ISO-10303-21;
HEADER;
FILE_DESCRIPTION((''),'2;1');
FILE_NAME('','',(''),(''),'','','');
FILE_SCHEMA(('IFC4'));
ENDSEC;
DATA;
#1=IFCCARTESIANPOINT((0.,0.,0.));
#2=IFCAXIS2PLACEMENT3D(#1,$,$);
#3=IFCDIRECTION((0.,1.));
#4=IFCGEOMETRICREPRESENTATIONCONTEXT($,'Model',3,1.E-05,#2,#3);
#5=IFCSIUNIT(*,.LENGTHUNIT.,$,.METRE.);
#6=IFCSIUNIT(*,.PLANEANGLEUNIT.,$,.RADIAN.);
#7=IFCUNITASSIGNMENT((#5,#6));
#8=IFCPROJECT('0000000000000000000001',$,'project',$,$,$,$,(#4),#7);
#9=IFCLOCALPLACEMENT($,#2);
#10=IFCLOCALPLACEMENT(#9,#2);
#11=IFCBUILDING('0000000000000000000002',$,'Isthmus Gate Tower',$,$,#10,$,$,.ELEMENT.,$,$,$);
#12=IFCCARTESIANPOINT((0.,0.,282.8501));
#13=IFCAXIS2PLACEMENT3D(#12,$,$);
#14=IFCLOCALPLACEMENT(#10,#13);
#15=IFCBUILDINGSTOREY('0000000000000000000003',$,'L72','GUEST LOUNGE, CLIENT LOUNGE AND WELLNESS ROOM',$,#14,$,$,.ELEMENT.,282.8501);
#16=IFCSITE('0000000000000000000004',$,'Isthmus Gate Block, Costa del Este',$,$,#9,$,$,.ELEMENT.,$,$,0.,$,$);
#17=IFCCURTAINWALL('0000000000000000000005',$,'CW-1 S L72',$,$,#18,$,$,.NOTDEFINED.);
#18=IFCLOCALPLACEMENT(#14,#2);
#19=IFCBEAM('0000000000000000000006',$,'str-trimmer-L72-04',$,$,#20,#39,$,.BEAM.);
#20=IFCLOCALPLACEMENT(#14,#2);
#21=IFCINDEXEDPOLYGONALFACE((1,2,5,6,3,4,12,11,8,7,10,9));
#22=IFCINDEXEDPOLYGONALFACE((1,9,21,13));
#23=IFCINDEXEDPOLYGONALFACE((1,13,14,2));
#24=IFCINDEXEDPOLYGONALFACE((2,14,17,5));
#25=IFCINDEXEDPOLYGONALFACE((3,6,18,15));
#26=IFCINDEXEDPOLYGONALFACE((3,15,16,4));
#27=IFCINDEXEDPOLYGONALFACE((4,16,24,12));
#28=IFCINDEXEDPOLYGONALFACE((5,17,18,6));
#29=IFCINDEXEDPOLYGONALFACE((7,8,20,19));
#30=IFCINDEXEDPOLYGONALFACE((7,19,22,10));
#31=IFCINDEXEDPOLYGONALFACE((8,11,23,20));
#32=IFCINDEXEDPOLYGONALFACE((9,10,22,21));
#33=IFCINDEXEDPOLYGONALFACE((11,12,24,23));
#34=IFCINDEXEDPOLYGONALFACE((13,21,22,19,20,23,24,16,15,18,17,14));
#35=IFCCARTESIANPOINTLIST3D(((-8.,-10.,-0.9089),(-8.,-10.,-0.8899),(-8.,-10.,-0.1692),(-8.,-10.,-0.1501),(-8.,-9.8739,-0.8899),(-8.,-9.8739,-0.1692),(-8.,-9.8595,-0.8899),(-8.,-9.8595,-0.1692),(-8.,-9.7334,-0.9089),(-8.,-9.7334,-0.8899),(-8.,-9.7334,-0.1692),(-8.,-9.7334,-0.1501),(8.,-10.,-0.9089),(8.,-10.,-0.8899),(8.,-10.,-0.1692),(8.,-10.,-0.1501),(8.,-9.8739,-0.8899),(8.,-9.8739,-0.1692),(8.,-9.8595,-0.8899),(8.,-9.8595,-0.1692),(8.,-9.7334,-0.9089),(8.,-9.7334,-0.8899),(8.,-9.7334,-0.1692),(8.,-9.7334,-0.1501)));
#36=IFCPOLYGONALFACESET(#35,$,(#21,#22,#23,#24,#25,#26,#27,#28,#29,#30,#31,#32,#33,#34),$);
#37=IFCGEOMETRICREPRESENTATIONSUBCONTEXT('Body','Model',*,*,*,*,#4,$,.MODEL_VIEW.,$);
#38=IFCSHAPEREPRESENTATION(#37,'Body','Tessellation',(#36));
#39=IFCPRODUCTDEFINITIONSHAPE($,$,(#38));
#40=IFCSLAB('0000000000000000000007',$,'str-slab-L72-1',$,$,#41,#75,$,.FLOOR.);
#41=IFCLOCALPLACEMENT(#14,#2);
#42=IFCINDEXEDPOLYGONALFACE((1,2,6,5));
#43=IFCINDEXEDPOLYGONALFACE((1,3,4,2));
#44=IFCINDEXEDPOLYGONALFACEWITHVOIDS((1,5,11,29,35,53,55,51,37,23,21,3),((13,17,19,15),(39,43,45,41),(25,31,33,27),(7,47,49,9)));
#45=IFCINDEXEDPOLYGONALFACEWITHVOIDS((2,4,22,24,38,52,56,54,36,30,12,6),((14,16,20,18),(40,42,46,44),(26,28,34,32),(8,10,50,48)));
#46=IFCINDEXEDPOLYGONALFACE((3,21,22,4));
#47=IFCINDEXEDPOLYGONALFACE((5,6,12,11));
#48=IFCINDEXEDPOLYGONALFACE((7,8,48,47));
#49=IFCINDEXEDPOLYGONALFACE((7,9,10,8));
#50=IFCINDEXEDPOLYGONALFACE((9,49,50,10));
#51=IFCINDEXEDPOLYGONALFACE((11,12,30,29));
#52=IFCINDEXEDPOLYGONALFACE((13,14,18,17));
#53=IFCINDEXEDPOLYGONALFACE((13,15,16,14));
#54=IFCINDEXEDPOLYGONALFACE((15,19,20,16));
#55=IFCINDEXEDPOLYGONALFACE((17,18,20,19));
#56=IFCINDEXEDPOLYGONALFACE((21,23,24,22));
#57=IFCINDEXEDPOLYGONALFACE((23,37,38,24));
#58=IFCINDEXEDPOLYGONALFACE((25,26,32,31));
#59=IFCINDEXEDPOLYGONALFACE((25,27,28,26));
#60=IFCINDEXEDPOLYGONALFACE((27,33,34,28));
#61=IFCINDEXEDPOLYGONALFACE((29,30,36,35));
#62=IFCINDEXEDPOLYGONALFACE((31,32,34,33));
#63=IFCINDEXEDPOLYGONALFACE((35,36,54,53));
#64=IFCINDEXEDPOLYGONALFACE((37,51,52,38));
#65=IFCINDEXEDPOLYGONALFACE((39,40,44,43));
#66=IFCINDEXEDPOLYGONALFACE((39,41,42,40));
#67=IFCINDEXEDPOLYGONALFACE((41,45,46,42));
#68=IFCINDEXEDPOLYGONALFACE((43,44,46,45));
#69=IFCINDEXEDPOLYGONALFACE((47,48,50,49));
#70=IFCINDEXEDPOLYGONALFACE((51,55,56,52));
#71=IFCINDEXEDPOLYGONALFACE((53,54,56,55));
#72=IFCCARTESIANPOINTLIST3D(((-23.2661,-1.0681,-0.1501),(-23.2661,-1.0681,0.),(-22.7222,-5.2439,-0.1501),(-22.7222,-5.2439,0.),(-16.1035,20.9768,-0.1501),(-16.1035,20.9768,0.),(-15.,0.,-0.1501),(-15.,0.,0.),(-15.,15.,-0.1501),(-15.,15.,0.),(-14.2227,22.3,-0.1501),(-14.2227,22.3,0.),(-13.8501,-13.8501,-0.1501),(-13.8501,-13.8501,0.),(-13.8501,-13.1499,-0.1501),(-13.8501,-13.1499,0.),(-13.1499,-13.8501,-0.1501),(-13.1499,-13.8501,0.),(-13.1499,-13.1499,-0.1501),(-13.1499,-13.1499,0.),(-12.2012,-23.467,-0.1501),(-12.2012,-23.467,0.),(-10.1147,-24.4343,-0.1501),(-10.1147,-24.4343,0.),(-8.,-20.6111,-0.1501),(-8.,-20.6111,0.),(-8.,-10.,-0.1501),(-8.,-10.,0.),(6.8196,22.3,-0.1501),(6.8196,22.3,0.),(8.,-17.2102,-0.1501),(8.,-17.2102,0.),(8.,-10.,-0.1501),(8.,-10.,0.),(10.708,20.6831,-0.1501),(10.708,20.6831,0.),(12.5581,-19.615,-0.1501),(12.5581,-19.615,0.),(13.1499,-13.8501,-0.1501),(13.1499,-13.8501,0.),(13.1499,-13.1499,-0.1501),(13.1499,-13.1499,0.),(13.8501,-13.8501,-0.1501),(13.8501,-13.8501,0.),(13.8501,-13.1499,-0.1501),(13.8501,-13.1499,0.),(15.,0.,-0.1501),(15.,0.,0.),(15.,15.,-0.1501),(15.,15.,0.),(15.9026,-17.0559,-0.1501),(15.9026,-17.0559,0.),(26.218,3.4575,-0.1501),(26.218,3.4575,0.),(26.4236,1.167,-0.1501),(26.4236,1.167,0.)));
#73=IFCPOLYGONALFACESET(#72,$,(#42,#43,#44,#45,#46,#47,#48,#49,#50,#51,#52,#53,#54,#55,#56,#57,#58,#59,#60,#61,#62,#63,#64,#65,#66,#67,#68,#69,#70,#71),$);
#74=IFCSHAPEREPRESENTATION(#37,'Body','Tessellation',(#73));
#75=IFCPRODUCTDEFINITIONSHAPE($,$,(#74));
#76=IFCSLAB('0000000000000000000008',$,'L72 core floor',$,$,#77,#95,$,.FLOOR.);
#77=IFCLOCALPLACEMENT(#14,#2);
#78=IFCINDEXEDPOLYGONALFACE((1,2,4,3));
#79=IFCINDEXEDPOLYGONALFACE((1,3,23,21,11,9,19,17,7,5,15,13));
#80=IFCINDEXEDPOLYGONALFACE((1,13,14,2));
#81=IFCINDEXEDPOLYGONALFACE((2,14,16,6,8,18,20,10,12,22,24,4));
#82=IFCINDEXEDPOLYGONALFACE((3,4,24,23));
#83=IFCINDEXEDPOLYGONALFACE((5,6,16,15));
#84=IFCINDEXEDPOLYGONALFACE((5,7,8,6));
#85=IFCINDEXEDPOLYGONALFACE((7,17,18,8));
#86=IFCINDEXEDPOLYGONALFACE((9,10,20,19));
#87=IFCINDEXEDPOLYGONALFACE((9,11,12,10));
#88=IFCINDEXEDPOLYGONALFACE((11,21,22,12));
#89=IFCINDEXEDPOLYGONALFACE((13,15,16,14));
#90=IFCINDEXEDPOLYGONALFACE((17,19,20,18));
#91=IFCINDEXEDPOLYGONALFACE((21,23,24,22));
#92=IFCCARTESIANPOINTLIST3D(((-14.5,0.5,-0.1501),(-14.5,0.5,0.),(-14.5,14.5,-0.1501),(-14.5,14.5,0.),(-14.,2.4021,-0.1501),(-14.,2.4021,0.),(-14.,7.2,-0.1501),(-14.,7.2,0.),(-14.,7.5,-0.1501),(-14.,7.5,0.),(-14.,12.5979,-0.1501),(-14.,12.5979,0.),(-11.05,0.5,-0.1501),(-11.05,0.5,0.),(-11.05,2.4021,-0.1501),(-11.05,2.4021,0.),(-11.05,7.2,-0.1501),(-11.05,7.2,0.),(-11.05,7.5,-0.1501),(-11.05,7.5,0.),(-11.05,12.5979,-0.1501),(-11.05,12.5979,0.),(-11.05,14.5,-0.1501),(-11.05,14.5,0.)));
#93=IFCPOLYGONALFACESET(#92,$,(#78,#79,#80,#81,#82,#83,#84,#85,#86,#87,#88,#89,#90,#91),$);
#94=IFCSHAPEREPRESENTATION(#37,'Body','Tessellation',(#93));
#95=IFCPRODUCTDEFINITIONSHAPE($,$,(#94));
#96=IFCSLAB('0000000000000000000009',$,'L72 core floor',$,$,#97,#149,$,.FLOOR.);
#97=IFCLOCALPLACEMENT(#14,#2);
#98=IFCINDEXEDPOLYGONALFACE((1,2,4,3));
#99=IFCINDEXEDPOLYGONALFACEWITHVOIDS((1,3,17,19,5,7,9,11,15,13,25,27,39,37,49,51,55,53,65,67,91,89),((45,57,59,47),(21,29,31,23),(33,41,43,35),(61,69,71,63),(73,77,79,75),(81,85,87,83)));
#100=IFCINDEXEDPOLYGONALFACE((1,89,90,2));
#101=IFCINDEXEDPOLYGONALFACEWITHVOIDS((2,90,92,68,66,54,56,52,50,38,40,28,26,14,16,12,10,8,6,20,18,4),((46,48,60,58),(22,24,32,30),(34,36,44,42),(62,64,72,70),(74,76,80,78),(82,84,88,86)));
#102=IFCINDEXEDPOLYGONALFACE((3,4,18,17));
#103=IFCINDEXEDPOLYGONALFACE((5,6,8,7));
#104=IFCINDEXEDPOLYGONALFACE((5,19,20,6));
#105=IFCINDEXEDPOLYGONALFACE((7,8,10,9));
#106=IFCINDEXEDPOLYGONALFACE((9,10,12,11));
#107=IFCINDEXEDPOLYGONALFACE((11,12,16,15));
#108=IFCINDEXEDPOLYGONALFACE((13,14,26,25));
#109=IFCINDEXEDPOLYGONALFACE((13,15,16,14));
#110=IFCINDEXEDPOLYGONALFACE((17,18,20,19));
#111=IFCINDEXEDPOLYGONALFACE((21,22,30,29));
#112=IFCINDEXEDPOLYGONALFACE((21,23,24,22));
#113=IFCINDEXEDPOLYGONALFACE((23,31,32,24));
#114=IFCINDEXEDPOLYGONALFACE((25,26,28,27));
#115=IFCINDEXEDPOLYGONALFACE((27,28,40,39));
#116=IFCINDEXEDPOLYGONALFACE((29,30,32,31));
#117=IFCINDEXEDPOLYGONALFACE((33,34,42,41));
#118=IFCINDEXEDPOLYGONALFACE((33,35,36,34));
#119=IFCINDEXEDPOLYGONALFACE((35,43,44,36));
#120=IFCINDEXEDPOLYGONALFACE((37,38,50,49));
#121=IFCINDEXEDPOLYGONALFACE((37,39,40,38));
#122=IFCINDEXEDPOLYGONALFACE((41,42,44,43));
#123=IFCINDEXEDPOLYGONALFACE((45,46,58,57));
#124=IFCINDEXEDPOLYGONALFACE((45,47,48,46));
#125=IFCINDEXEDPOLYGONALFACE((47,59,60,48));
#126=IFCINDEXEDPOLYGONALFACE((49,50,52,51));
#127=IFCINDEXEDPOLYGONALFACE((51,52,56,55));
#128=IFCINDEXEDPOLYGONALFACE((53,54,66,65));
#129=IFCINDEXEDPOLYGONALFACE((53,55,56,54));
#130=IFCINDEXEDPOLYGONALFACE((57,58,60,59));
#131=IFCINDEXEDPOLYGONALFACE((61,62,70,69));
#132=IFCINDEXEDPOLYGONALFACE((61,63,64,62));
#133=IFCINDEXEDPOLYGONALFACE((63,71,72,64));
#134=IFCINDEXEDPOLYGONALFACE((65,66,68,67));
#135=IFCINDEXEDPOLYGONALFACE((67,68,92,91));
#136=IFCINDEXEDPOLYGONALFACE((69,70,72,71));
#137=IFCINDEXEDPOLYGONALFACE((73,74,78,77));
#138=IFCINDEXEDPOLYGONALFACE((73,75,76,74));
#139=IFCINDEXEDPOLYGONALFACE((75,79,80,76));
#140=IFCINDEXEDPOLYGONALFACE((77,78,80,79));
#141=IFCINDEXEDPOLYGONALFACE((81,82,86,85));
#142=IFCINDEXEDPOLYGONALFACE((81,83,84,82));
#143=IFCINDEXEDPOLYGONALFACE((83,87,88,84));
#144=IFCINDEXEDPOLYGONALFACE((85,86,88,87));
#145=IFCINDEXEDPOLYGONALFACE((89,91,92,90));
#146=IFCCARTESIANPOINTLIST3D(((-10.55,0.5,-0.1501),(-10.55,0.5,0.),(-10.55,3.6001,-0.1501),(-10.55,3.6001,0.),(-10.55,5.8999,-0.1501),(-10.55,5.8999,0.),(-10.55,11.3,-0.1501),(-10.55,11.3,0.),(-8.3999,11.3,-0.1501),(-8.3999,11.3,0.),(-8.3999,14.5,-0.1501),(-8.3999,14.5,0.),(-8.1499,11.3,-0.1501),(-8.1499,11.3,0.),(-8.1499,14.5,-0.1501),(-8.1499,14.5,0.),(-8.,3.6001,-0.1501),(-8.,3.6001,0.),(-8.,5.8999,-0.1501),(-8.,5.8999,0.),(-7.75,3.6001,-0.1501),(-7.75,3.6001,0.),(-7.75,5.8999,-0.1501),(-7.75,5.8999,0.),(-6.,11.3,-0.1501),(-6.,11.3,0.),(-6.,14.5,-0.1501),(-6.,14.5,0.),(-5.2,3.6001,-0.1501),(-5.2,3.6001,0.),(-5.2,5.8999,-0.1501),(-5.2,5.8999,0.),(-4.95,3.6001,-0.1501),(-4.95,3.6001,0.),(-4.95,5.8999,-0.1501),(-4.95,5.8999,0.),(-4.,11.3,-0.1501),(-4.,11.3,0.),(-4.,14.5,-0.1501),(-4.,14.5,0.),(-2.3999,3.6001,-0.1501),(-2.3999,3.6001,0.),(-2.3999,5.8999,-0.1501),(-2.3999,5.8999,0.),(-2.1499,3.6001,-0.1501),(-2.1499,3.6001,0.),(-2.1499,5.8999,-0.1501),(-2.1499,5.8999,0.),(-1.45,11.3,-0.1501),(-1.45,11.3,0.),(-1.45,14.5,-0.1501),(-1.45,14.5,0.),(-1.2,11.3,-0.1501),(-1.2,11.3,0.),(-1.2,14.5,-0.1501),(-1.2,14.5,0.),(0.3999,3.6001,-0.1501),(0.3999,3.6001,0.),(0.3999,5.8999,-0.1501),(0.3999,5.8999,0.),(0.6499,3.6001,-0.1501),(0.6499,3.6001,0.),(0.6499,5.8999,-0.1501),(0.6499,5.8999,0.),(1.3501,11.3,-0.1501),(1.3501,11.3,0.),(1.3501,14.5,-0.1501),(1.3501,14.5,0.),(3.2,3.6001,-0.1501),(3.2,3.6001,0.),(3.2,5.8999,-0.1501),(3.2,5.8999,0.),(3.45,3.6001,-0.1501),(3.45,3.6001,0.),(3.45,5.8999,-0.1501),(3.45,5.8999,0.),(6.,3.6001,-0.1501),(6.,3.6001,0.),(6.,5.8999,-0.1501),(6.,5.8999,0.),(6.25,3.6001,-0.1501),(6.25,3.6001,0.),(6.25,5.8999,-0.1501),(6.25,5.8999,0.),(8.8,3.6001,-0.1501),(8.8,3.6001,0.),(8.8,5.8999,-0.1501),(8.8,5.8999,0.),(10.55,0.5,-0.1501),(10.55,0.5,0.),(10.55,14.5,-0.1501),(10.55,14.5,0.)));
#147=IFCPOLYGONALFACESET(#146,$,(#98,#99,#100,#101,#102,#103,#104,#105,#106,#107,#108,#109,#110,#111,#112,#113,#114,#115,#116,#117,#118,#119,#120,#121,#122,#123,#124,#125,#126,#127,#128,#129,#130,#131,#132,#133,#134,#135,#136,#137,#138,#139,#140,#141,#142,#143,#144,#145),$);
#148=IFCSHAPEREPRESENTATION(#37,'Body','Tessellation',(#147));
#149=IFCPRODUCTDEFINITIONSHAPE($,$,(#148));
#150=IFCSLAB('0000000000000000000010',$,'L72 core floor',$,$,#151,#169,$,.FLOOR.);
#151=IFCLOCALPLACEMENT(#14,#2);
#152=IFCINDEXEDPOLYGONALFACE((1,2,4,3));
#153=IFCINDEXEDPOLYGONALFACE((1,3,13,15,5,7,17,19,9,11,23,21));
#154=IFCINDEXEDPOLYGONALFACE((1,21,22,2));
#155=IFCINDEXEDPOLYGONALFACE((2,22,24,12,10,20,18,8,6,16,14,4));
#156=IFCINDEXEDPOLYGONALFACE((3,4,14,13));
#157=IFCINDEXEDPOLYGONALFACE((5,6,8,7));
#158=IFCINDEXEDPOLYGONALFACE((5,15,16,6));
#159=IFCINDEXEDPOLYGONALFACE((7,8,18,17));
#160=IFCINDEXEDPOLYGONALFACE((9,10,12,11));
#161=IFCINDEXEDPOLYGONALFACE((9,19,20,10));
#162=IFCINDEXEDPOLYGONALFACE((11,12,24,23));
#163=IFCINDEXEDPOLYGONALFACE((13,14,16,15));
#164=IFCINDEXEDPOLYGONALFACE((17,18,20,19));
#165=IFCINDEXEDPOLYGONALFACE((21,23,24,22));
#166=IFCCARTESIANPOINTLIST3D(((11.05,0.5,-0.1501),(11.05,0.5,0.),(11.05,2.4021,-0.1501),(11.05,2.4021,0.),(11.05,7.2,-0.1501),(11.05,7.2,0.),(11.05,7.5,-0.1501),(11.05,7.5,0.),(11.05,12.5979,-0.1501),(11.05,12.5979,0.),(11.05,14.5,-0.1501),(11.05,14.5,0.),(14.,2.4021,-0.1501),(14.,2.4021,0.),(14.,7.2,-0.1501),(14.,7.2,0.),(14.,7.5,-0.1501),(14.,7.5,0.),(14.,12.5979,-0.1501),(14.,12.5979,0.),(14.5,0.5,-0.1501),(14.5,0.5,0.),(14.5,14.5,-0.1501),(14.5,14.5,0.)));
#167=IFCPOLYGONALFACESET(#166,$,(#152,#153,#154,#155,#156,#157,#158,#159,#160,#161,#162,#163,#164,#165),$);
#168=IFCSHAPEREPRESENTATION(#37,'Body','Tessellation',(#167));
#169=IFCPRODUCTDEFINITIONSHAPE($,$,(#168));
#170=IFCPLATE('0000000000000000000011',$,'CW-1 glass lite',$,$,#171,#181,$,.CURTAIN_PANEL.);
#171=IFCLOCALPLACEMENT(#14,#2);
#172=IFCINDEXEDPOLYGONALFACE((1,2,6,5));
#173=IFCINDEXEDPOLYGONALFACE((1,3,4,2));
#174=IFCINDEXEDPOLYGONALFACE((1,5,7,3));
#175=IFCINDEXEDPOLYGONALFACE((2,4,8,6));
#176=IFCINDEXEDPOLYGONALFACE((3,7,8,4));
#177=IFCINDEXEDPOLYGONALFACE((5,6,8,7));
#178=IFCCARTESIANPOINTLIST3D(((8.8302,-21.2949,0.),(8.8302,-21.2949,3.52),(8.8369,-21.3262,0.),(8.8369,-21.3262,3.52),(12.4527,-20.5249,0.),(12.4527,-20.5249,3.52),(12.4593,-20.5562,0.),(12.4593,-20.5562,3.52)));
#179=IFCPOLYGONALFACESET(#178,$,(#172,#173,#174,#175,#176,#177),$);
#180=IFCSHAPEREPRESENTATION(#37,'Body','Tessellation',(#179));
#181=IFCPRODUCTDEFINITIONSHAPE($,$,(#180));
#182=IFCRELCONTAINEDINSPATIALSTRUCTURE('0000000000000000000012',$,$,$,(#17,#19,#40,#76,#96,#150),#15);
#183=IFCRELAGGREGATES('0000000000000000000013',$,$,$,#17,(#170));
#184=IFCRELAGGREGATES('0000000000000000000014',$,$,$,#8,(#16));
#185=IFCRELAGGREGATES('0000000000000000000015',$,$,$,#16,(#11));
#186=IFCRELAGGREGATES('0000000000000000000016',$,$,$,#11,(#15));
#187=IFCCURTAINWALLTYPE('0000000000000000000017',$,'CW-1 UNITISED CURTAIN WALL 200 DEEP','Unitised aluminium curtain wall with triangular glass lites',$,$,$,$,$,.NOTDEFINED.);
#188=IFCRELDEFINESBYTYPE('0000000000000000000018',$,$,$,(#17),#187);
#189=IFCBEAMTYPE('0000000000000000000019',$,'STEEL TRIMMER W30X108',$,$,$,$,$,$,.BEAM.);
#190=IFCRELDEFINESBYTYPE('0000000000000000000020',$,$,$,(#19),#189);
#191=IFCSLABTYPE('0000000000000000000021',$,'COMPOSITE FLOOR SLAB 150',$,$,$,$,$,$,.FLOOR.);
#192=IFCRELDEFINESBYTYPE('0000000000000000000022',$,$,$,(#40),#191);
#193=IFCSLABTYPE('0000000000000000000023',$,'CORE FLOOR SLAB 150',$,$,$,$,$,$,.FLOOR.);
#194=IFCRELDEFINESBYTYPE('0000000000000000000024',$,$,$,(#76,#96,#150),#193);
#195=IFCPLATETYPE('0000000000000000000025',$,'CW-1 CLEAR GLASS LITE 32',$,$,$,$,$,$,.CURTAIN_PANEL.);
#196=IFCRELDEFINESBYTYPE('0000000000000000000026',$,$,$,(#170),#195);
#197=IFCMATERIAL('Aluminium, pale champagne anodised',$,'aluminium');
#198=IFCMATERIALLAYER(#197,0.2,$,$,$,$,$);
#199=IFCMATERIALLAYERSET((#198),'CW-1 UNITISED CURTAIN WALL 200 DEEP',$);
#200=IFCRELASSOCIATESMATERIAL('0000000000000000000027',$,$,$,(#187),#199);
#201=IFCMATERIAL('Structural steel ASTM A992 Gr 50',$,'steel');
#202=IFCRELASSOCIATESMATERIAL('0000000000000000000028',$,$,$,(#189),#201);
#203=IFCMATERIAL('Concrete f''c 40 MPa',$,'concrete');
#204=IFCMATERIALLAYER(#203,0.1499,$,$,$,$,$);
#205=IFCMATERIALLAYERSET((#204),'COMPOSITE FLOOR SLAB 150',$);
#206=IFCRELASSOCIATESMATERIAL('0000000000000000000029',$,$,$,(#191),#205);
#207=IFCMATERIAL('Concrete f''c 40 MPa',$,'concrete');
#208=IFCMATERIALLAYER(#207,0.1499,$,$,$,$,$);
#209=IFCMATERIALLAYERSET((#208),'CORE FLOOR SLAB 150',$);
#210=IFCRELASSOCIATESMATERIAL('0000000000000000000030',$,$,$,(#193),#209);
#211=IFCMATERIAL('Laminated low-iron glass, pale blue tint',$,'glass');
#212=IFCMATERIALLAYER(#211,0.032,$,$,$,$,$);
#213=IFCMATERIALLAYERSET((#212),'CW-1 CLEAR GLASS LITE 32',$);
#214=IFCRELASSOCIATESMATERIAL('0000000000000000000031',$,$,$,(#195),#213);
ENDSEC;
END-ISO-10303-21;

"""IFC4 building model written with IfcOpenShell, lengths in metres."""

from ifc_helpers import new_model, si_unit, direction, frame, origin, origin_2d, place, context, subcontext, project, spatial, polyline, rectangle, i_section, outline, extrude, material, layer, layer_set, material_profile, profile_set, type_object, element, aggregate, save


model = new_model("IFC4")

# Units and contexts
model_context = context("Model", 3, precision=1e-05, world=origin(), true_north=direction((0.0, 1.0)))
body_context = subcontext(model_context, "Body", "Model", "MODEL_VIEW")
ifc_project = project(units=[si_unit("LENGTHUNIT", "METRE"), si_unit("PLANEANGLEUNIT", "RADIAN")], contexts=[model_context])

# Site, building, storey
site_placement = place(None, origin())
site = spatial("IfcSite", under=ifc_project, at=site_placement, Name="Isthmus Gate Block, Costa del Este", CompositionType="ELEMENT", RefElevation=0.0)
building_placement = place(site_placement, origin())
building = spatial("IfcBuilding", under=site, at=building_placement, Name="Isthmus Gate Tower", CompositionType="ELEMENT")
storey_placement = place(building_placement, frame((0.0, 0.0, 282.8501)))
storey = spatial("IfcBuildingStorey", under=building, at=storey_placement, Name="L72", Description="GUEST LOUNGE, CLIENT LOUNGE AND WELLNESS ROOM", CompositionType="ELEMENT", Elevation=282.8501)

# Curtain wall
ifc_material_1 = material(Name="Aluminium, pale champagne anodised", Category="aluminium")
ifc_layer_1 = layer(ifc_material_1, 0.2)
ifc_layer_set_1 = layer_set([ifc_layer_1], Name="CW-1 UNITISED CURTAIN WALL 200 DEEP")
curtain_wall_type = type_object("IfcCurtainWallType", Name="CW-1 UNITISED CURTAIN WALL 200 DEEP", Description="Unitised aluminium curtain wall with triangular glass lites", PredefinedType="NOTDEFINED", material=ifc_layer_set_1)
curtain_wall_placement = place(storey_placement, origin())
curtain_wall = element("IfcCurtainWall", 1, at=curtain_wall_placement, inside=storey, type_object=curtain_wall_type, Name="CW-1 S L72", PredefinedType="NOTDEFINED")

# Beam
ifc_material_2 = material(Name="Structural steel ASTM A992 Gr 50", Category="steel")
ifc_material_profile_1 = material_profile(ifc_material_2, i_section(OverallWidth=0.2666, OverallDepth=0.7588, WebThickness=0.0144, FlangeThickness=0.019, at=origin_2d()), Name="W30X108")
ifc_profile_set_1 = profile_set([ifc_material_profile_1], Name="Structural steel ASTM A992 Gr 50")
beam_type_1 = type_object("IfcBeamType", Name="STEEL TRIMMER W30X108", PredefinedType="BEAM", material=ifc_profile_set_1)
beam_1_placement = place(storey_placement, frame((8.0, -9.8667, -0.5295), z_axis=(-1.0, 0.0, 0.0), x_axis=(0.0, -1.0, 0.0)))
element("IfcBeam", 2, at=beam_1_placement, inside=storey, type_object=beam_type_1, Name="str-trimmer-L72-04", PredefinedType="BEAM", context=body_context, shape_type="SweptSolid", body=[
    extrude(i_section(OverallWidth=0.2666, OverallDepth=0.7588, WebThickness=0.0144, FlangeThickness=0.019, at=origin_2d()), origin(), (0.0, 0.0, 1.0), 16.0),
])

# Slabs
ifc_material_3 = material(Name="Concrete f'c 40 MPa", Category="concrete")
ifc_layer_2 = layer(ifc_material_3, 0.1499)
ifc_layer_set_2 = layer_set([ifc_layer_2], Name="COMPOSITE FLOOR SLAB 150")
slab_type_1 = type_object("IfcSlabType", Name="COMPOSITE FLOOR SLAB 150", PredefinedType="FLOOR", material=ifc_layer_set_2)
slab_1_placement = place(storey_placement, frame((0.0, 0.0, -0.1501)))
element("IfcSlab", 3, at=slab_1_placement, inside=storey, type_object=slab_type_1, Name="str-slab-L72-1", PredefinedType="FLOOR", context=body_context, shape_type="SweptSolid", body=[
    extrude(outline(polyline([(10.708, 20.6831), (26.218, 3.4575), (26.4236, 1.167), (15.9026, -17.0559), (12.5581, -19.615), (-10.1147, -24.4343), (-12.2012, -23.467), (-22.7222, -5.2439), (-23.2661, -1.0681), (-16.1035, 20.9768), (-14.2227, 22.3), (6.8196, 22.3), (10.708, 20.6831)]), holes=[polyline([(-8.0, -10.0), (-8.0, -20.6111), (8.0, -17.2102), (8.0, -10.0), (-8.0, -10.0)]), polyline([(-13.8501, -13.1499), (-13.8501, -13.8501), (-13.1499, -13.8501), (-13.1499, -13.1499), (-13.8501, -13.1499)]), polyline([(13.1499, -13.1499), (13.1499, -13.8501), (13.8501, -13.8501), (13.8501, -13.1499), (13.1499, -13.1499)]), polyline([(-15.0, 0.0), (15.0, 0.0), (15.0, 15.0), (-15.0, 15.0), (-15.0, 0.0)])]), origin(), (0.0, 0.0, 1.0), 0.1501),
])
ifc_material_4 = material(Name="Concrete f'c 40 MPa", Category="concrete")
ifc_layer_3 = layer(ifc_material_4, 0.1499)
ifc_layer_set_3 = layer_set([ifc_layer_3], Name="CORE FLOOR SLAB 150")
slab_type_2 = type_object("IfcSlabType", Name="CORE FLOOR SLAB 150", PredefinedType="FLOOR", material=ifc_layer_set_3)
slab_2_placement = place(storey_placement, frame((0.0, 0.0, -0.1501)))
element("IfcSlab", 4, at=slab_2_placement, inside=storey, type_object=slab_type_2, Name="L72 core floor", PredefinedType="FLOOR", context=body_context, shape_type="SweptSolid", body=[
    extrude(outline(polyline([(-11.05, 0.5), (-11.05, 2.4021), (-14.0, 2.4021), (-14.0, 7.2), (-11.05, 7.2), (-11.05, 7.5), (-14.0, 7.5), (-14.0, 12.5979), (-11.05, 12.5979), (-11.05, 14.5), (-14.5, 14.5), (-14.5, 0.5), (-11.05, 0.5)])), origin(), (0.0, 0.0, 1.0), 0.1501),
])
slab_3_placement = place(storey_placement, frame((0.0, 0.0, -0.1501)))
element("IfcSlab", 5, at=slab_3_placement, inside=storey, type_object=slab_type_2, Name="L72 core floor", PredefinedType="FLOOR", context=body_context, shape_type="SweptSolid", body=[
    extrude(outline(polyline([(10.55, 14.5), (1.3501, 14.5), (1.3501, 11.3), (-1.2, 11.3), (-1.2, 14.5), (-1.45, 14.5), (-1.45, 11.3), (-4.0, 11.3), (-4.0, 14.5), (-6.0, 14.5), (-6.0, 11.3), (-8.1499, 11.3), (-8.1499, 14.5), (-8.3999, 14.5), (-8.3999, 11.3), (-10.55, 11.3), (-10.55, 5.8999), (-8.0, 5.8999), (-8.0, 3.6001), (-10.55, 3.6001), (-10.55, 0.5), (10.55, 0.5), (10.55, 14.5)]), holes=[polyline([(-5.2, 5.8999), (-5.2, 3.6001), (-7.75, 3.6001), (-7.75, 5.8999), (-5.2, 5.8999)]), polyline([(-2.3999, 5.8999), (-2.3999, 3.6001), (-4.95, 3.6001), (-4.95, 5.8999), (-2.3999, 5.8999)]), polyline([(0.3999, 5.8999), (0.3999, 3.6001), (-2.1499, 3.6001), (-2.1499, 5.8999), (0.3999, 5.8999)]), polyline([(3.2, 5.8999), (3.2, 3.6001), (0.6499, 3.6001), (0.6499, 5.8999), (3.2, 5.8999)]), polyline([(6.0, 5.8999), (6.0, 3.6001), (3.45, 3.6001), (3.45, 5.8999), (6.0, 5.8999)]), polyline([(8.8, 5.8999), (8.8, 3.6001), (6.25, 3.6001), (6.25, 5.8999), (8.8, 5.8999)])]), origin(), (0.0, 0.0, 1.0), 0.1501),
])
slab_4_placement = place(storey_placement, frame((0.0, 0.0, -0.1501)))
element("IfcSlab", 6, at=slab_4_placement, inside=storey, type_object=slab_type_2, Name="L72 core floor", PredefinedType="FLOOR", context=body_context, shape_type="SweptSolid", body=[
    extrude(outline(polyline([(11.05, 14.5), (11.05, 12.5979), (14.0, 12.5979), (14.0, 7.5), (11.05, 7.5), (11.05, 7.2), (14.0, 7.2), (14.0, 2.4021), (11.05, 2.4021), (11.05, 0.5), (14.5, 0.5), (14.5, 14.5), (11.05, 14.5)])), origin(), (0.0, 0.0, 1.0), 0.1501),
])

# Plate
ifc_material_5 = material(Name="Laminated low-iron glass, pale blue tint", Category="glass")
ifc_layer_4 = layer(ifc_material_5, 0.032)
ifc_layer_set_4 = layer_set([ifc_layer_4], Name="CW-1 CLEAR GLASS LITE 32")
plate_type = type_object("IfcPlateType", Name="CW-1 CLEAR GLASS LITE 32", PredefinedType="CURTAIN_PANEL", material=ifc_layer_set_4)
plate_placement = place(storey_placement, frame((10.6448, -20.9255, 0.0), z_axis=(0.0, 0.0, 1.0), x_axis=(0.978148, 0.207912, 0.0)))
plate = element("IfcPlate", 7, at=plate_placement, type_object=plate_type, Name="CW-1 glass lite", PredefinedType="CURTAIN_PANEL", context=body_context, shape_type="SweptSolid", body=[
    extrude(rectangle(XDim=3.7034, YDim=0.032, at=origin_2d()), origin(), (0.0, 0.0, 1.0), 3.52),
])

aggregate(curtain_wall, [plate])

save(model, "model.ifc")
